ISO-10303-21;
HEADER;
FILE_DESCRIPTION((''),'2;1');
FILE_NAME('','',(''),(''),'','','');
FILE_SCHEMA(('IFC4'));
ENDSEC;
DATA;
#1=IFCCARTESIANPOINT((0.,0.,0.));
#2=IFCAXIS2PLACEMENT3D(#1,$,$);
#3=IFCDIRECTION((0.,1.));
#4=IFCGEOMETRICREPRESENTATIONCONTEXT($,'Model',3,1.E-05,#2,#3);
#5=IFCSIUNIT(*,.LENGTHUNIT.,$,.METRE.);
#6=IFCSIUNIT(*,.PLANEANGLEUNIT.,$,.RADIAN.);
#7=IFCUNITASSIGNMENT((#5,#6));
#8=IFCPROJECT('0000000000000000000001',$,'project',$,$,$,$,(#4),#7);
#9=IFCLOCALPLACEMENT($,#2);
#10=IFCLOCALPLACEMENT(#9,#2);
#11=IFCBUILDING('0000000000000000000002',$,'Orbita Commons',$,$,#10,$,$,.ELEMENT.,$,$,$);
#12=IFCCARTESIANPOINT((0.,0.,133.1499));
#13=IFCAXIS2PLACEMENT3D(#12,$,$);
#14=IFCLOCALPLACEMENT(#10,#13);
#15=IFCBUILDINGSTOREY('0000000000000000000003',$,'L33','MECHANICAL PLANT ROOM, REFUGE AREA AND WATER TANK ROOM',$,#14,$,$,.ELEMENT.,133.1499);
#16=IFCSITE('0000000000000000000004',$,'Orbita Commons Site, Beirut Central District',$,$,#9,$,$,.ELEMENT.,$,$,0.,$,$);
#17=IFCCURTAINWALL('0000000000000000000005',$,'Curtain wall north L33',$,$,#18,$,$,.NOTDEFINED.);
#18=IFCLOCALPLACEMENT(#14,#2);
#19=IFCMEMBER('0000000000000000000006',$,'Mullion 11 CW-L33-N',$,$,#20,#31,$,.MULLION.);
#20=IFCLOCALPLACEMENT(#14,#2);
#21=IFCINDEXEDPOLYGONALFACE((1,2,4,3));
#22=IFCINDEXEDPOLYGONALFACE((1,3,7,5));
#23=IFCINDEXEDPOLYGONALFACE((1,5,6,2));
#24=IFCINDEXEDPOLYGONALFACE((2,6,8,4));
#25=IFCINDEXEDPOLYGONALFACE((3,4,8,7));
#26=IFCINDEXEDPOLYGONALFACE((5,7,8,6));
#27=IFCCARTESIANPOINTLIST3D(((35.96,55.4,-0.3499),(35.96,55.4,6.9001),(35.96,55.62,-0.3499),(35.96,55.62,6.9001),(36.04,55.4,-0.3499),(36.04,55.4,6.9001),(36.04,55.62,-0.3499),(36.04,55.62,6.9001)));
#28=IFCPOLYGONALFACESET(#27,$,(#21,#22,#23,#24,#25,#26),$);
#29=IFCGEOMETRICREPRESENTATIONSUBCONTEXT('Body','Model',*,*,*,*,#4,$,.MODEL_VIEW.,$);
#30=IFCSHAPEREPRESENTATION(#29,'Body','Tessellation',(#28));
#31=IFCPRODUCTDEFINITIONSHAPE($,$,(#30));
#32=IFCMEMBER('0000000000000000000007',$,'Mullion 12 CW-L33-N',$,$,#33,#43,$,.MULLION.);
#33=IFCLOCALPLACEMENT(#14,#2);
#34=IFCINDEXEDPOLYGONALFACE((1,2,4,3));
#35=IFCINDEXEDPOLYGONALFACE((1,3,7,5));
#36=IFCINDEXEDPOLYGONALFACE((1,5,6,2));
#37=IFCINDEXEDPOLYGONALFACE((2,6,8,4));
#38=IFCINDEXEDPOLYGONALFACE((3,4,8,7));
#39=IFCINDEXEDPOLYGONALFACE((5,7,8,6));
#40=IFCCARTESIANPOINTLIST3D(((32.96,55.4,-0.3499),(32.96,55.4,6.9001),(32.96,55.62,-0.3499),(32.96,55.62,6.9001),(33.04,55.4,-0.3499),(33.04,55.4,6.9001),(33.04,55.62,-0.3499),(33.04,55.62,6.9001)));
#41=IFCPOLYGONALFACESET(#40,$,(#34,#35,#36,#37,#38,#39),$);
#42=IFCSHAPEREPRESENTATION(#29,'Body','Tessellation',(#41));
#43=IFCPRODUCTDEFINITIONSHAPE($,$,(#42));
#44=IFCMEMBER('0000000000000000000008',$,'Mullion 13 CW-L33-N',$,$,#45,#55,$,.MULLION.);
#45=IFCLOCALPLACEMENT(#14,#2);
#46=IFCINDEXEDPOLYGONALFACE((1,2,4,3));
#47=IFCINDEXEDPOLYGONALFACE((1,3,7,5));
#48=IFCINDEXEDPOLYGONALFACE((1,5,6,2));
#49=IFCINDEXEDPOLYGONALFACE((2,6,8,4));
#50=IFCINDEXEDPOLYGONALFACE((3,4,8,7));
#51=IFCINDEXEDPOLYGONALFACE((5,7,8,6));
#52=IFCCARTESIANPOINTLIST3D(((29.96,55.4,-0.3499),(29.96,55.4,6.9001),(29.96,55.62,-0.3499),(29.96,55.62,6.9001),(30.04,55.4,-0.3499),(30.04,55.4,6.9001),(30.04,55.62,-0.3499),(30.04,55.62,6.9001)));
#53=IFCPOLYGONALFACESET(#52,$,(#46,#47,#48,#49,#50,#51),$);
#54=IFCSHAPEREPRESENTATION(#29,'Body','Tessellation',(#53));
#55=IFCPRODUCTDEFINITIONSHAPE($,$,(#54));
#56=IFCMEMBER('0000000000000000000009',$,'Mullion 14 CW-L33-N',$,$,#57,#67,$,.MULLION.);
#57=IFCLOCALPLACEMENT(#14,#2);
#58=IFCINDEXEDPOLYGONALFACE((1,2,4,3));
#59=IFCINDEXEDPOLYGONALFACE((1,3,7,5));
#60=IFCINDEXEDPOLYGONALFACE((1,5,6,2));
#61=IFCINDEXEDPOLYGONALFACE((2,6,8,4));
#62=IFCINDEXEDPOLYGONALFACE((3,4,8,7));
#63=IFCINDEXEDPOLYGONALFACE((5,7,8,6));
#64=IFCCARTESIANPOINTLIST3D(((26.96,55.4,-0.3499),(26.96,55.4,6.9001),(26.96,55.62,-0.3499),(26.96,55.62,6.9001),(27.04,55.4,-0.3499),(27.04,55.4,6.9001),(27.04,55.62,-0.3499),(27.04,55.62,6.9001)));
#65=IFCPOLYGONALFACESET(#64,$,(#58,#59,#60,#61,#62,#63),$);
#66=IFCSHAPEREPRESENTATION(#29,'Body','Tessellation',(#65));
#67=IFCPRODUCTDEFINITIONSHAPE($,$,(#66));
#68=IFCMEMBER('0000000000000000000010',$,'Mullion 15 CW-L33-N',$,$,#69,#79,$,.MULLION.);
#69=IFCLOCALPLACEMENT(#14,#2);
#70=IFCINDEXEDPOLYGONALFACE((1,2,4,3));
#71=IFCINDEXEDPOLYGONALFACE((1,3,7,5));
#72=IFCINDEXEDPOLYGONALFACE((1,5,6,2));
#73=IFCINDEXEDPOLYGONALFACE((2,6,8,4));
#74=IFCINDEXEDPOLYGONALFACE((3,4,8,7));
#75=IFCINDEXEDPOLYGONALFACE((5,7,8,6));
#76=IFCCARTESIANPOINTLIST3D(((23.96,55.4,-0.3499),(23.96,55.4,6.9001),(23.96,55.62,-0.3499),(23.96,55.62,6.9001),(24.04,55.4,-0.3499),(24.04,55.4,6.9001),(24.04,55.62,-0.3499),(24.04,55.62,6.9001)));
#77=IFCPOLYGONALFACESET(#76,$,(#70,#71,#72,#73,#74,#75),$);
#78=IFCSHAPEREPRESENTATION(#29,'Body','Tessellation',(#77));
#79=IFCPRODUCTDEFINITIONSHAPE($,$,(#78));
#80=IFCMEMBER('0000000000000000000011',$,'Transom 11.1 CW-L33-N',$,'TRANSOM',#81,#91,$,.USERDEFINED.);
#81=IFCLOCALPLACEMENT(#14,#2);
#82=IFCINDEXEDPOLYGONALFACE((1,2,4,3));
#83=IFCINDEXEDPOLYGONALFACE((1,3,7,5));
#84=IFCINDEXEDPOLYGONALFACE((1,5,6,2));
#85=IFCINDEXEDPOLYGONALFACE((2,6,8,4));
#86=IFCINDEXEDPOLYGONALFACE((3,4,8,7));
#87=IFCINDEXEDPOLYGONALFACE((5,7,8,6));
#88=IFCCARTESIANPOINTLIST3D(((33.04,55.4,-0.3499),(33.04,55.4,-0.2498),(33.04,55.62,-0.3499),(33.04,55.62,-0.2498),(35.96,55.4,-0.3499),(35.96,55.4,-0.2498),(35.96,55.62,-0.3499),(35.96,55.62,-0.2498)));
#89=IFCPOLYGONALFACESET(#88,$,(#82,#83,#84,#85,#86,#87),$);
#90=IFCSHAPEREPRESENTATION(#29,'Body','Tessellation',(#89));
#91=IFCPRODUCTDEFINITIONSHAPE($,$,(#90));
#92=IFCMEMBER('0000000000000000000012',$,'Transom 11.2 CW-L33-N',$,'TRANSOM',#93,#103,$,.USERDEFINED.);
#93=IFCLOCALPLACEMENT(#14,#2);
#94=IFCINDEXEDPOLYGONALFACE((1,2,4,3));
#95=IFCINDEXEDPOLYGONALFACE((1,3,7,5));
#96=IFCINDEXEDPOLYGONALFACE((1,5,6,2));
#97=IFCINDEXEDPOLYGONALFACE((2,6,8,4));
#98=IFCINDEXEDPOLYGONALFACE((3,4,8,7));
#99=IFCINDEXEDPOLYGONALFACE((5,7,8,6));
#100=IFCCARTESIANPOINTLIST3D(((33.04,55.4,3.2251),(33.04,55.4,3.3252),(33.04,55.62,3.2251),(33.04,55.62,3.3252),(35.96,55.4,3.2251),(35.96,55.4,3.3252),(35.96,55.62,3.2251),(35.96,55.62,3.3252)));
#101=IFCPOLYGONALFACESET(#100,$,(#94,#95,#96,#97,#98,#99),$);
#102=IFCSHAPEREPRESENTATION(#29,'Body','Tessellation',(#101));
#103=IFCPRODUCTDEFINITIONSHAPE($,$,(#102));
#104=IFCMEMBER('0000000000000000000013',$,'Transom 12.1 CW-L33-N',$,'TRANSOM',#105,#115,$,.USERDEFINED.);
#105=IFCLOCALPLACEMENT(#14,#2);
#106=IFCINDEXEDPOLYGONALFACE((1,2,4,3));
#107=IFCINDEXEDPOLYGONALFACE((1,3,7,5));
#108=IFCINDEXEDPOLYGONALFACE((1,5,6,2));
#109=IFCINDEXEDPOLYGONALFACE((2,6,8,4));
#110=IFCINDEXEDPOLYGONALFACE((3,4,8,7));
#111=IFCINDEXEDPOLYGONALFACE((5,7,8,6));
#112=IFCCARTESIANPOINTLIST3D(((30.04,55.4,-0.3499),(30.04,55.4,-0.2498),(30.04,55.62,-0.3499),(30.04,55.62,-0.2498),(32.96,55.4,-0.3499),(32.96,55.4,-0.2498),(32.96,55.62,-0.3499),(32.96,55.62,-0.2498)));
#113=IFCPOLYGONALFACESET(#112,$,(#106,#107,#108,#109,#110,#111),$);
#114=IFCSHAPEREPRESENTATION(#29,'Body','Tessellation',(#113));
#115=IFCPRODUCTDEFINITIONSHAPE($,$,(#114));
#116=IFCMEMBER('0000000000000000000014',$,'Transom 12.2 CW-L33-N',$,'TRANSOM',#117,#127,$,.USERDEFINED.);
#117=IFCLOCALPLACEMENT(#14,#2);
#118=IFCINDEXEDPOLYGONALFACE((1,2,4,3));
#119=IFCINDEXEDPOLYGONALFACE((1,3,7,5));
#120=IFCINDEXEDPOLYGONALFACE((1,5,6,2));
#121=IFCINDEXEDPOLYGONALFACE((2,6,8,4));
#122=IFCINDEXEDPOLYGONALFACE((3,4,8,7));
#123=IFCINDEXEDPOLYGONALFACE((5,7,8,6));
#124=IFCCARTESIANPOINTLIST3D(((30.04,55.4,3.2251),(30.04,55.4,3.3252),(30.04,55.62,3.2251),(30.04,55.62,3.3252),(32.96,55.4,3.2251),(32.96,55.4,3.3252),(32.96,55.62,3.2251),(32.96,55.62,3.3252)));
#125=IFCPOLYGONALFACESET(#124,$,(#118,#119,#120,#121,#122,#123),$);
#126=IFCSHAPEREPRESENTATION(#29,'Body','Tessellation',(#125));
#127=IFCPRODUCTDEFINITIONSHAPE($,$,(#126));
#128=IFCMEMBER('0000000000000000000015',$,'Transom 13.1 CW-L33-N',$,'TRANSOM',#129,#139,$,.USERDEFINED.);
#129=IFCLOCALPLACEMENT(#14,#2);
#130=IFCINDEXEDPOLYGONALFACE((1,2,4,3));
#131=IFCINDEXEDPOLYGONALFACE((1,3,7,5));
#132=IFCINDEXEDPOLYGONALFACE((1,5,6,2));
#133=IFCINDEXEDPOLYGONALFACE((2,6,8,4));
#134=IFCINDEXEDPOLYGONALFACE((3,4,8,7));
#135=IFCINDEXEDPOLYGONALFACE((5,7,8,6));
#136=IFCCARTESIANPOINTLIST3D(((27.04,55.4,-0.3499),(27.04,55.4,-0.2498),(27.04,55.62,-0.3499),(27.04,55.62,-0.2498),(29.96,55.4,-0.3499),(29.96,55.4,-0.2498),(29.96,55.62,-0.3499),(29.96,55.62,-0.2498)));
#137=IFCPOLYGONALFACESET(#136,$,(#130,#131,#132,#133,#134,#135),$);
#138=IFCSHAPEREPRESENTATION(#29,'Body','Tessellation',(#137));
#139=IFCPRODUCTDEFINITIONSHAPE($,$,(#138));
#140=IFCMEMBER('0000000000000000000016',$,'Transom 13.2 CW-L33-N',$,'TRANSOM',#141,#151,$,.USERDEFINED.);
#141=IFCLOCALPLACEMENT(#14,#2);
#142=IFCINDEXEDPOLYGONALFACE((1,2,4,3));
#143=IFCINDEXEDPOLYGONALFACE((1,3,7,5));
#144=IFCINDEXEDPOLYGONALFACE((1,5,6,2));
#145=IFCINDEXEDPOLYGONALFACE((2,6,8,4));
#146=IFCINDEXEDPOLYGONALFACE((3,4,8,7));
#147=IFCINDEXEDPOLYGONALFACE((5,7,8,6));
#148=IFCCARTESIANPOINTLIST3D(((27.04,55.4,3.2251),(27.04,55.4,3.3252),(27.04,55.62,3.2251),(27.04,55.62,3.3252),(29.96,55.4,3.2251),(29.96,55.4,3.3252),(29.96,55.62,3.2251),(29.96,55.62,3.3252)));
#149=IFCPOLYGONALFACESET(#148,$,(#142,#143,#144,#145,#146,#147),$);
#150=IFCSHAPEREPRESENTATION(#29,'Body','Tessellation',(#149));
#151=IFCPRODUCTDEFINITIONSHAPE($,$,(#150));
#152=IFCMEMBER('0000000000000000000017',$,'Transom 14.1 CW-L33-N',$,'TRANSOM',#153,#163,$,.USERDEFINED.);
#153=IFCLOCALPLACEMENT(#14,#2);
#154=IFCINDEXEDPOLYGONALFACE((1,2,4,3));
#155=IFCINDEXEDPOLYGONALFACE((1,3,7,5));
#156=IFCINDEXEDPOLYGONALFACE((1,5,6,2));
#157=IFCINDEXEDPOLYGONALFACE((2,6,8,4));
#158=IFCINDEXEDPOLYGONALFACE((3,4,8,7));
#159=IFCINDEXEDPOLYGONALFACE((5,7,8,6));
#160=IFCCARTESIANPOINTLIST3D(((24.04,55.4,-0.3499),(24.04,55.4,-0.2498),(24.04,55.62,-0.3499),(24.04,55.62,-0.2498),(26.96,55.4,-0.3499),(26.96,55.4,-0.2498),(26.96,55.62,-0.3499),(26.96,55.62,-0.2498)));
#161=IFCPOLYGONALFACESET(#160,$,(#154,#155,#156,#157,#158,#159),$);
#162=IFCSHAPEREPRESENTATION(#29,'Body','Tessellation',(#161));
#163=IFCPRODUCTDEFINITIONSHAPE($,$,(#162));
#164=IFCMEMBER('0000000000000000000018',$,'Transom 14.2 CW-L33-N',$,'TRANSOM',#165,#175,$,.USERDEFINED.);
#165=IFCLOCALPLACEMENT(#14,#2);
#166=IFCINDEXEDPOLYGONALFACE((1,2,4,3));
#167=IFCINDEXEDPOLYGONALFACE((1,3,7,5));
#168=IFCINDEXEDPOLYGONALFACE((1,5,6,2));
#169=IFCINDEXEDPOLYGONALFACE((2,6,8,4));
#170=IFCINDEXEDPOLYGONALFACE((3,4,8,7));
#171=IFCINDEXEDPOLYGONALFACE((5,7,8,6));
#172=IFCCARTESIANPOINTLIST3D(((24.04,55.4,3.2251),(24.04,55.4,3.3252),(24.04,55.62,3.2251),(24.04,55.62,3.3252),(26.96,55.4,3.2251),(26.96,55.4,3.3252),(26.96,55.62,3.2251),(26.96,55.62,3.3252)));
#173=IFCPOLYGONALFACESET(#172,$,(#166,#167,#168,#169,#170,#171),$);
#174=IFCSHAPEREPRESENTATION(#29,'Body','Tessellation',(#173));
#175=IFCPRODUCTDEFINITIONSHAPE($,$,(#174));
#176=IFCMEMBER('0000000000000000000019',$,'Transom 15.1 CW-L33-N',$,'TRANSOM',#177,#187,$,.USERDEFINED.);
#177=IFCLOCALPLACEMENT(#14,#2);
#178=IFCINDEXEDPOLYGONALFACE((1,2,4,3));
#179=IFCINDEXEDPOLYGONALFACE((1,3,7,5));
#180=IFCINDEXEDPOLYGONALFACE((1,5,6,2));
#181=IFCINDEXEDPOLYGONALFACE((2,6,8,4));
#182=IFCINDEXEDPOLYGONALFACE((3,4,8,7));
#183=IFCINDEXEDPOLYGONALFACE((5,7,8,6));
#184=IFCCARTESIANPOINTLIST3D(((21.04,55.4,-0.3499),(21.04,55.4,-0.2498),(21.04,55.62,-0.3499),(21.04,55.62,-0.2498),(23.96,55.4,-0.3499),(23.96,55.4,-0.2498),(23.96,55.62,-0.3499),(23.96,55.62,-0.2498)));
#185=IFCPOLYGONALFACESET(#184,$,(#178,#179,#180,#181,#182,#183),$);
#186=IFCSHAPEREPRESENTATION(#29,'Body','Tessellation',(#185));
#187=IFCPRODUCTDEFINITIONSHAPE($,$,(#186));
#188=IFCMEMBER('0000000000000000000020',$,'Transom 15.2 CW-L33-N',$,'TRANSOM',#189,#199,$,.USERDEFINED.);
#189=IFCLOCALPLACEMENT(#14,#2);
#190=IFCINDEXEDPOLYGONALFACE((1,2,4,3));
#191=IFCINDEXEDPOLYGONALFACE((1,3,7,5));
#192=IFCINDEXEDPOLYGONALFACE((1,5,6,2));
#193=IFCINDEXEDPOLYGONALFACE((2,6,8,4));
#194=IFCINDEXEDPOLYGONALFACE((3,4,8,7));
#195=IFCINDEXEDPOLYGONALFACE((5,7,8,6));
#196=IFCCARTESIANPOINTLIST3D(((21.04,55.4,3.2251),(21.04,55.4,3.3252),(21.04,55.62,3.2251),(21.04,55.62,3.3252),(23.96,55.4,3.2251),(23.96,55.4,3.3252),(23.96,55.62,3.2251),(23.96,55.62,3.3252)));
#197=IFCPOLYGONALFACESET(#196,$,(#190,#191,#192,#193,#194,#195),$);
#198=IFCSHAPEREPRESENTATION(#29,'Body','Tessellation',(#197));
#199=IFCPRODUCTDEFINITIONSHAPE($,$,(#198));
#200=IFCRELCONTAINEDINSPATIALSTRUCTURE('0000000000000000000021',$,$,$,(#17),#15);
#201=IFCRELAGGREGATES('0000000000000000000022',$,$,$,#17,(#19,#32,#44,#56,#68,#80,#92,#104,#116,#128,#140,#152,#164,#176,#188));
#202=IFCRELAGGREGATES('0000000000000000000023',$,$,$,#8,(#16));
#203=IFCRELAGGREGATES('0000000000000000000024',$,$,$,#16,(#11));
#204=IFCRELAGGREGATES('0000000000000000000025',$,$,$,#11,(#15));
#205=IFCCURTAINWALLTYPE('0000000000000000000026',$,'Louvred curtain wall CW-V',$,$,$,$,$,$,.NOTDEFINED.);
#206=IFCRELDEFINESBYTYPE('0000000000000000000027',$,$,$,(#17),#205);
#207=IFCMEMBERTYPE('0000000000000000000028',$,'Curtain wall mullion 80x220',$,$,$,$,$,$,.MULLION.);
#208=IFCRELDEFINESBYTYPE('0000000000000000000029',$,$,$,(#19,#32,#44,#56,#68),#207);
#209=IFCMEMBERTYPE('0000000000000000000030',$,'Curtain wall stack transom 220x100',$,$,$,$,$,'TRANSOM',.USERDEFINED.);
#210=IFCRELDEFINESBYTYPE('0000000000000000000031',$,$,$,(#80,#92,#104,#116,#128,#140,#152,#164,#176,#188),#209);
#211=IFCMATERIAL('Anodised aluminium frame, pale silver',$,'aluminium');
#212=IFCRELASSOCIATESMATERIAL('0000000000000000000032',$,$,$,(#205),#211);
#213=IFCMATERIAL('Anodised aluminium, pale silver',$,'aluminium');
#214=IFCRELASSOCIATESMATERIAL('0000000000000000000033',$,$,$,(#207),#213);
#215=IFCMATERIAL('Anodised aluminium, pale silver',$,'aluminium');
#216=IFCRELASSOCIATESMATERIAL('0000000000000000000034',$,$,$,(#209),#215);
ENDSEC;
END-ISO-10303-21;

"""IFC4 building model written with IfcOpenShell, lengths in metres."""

from ifc_helpers import new_model, si_unit, direction, frame, origin, origin_2d, place, context, subcontext, project, spatial, rectangle, extrude, material, material_profile, profile_set, type_object, element, aggregate, save


model = new_model("IFC4")

# Units and contexts
model_context = context("Model", 3, precision=1e-05, world=origin(), true_north=direction((0.0, 1.0)))
body_context = subcontext(model_context, "Body", "Model", "MODEL_VIEW")
ifc_project = project(units=[si_unit("LENGTHUNIT", "METRE"), si_unit("PLANEANGLEUNIT", "RADIAN")], contexts=[model_context])

# Site, building, storey
site_placement = place(None, origin())
site = spatial("IfcSite", under=ifc_project, at=site_placement, Name="Orbita Commons Site, Beirut Central District", CompositionType="ELEMENT", RefElevation=0.0)
building_placement = place(site_placement, origin())
building = spatial("IfcBuilding", under=site, at=building_placement, Name="Orbita Commons", CompositionType="ELEMENT")
storey_placement = place(building_placement, frame((0.0, 0.0, 133.1499)))
storey = spatial("IfcBuildingStorey", under=building, at=storey_placement, Name="L33", Description="MECHANICAL PLANT ROOM, REFUGE AREA AND WATER TANK ROOM", CompositionType="ELEMENT", Elevation=133.1499)

# Curtain wall, members
ifc_material_1 = material(Name="Anodised aluminium frame, pale silver", Category="aluminium")
curtain_wall_type = type_object("IfcCurtainWallType", Name="Louvred curtain wall CW-V", PredefinedType="NOTDEFINED", material=ifc_material_1)
curtain_wall_placement = place(storey_placement, origin())
curtain_wall = element("IfcCurtainWall", 1, at=curtain_wall_placement, inside=storey, type_object=curtain_wall_type, Name="Curtain wall north L33", PredefinedType="NOTDEFINED")
ifc_material_2 = material(Name="Anodised aluminium, pale silver", Category="aluminium")
ifc_material_profile_1 = material_profile(ifc_material_2, rectangle(XDim=0.0801, YDim=0.22, at=origin_2d()), Name="AL 80x220")
ifc_profile_set_1 = profile_set([ifc_material_profile_1], Name="Anodised aluminium, pale silver")
member_type_1 = type_object("IfcMemberType", Name="Curtain wall mullion 80x220", PredefinedType="MULLION", material=ifc_profile_set_1)
member_1_placement = place(storey_placement, frame((36.0, 55.51, -0.3499), z_axis=(0.0, 0.0, 1.0), x_axis=(-1.0, 0.0, 0.0)))
member_1 = element("IfcMember", 2, at=member_1_placement, type_object=member_type_1, Name="Mullion 11 CW-L33-N", PredefinedType="MULLION", context=body_context, shape_type="SweptSolid", body=[
    extrude(rectangle(XDim=0.0801, YDim=0.22, at=origin_2d()), origin(), (0.0, 0.0, 1.0), 7.25),
])
member_2_placement = place(storey_placement, frame((33.0, 55.51, -0.3499), z_axis=(0.0, 0.0, 1.0), x_axis=(-1.0, 0.0, 0.0)))
member_2 = element("IfcMember", 3, at=member_2_placement, type_object=member_type_1, Name="Mullion 12 CW-L33-N", PredefinedType="MULLION", context=body_context, shape_type="SweptSolid", body=[
    extrude(rectangle(XDim=0.0801, YDim=0.22, at=origin_2d()), origin(), (0.0, 0.0, 1.0), 7.25),
])
member_3_placement = place(storey_placement, frame((30.0, 55.51, -0.3499), z_axis=(0.0, 0.0, 1.0), x_axis=(-1.0, 0.0, 0.0)))
member_3 = element("IfcMember", 4, at=member_3_placement, type_object=member_type_1, Name="Mullion 13 CW-L33-N", PredefinedType="MULLION", context=body_context, shape_type="SweptSolid", body=[
    extrude(rectangle(XDim=0.0801, YDim=0.22, at=origin_2d()), origin(), (0.0, 0.0, 1.0), 7.25),
])
member_4_placement = place(storey_placement, frame((27.0, 55.51, -0.3499), z_axis=(0.0, 0.0, 1.0), x_axis=(-1.0, 0.0, 0.0)))
member_4 = element("IfcMember", 5, at=member_4_placement, type_object=member_type_1, Name="Mullion 14 CW-L33-N", PredefinedType="MULLION", context=body_context, shape_type="SweptSolid", body=[
    extrude(rectangle(XDim=0.0801, YDim=0.22, at=origin_2d()), origin(), (0.0, 0.0, 1.0), 7.25),
])
member_5_placement = place(storey_placement, frame((24.0, 55.51, -0.3499), z_axis=(0.0, 0.0, 1.0), x_axis=(-1.0, 0.0, 0.0)))
member_5 = element("IfcMember", 6, at=member_5_placement, type_object=member_type_1, Name="Mullion 15 CW-L33-N", PredefinedType="MULLION", context=body_context, shape_type="SweptSolid", body=[
    extrude(rectangle(XDim=0.0801, YDim=0.22, at=origin_2d()), origin(), (0.0, 0.0, 1.0), 7.25),
])
ifc_material_3 = material(Name="Anodised aluminium, pale silver", Category="aluminium")
ifc_material_profile_2 = material_profile(ifc_material_3, rectangle(XDim=0.22, YDim=0.1001, at=origin_2d()), Name="AL 220x100")
ifc_profile_set_2 = profile_set([ifc_material_profile_2], Name="Anodised aluminium, pale silver")
member_type_2 = type_object("IfcMemberType", Name="Curtain wall stack transom 220x100", ElementType="TRANSOM", PredefinedType="USERDEFINED", material=ifc_profile_set_2)
member_6_placement = place(storey_placement, frame((35.96, 55.51, -0.2998), z_axis=(-1.0, 0.0, 0.0), x_axis=(0.0, -1.0, 0.0)))
member_6 = element("IfcMember", 7, at=member_6_placement, type_object=member_type_2, Name="Transom 11.1 CW-L33-N", ObjectType="TRANSOM", PredefinedType="USERDEFINED", context=body_context, shape_type="SweptSolid", body=[
    extrude(rectangle(XDim=0.22, YDim=0.1001, at=origin_2d()), origin(), (0.0, 0.0, 1.0), 2.9199),
])
member_7_placement = place(storey_placement, frame((35.96, 55.51, 3.2751), z_axis=(-1.0, 0.0, 0.0), x_axis=(0.0, -1.0, 0.0)))
member_7 = element("IfcMember", 8, at=member_7_placement, type_object=member_type_2, Name="Transom 11.2 CW-L33-N", ObjectType="TRANSOM", PredefinedType="USERDEFINED", context=body_context, shape_type="SweptSolid", body=[
    extrude(rectangle(XDim=0.22, YDim=0.1001, at=origin_2d()), origin(), (0.0, 0.0, 1.0), 2.9199),
])
member_8_placement = place(storey_placement, frame((32.96, 55.51, -0.2998), z_axis=(-1.0, 0.0, 0.0), x_axis=(0.0, -1.0, 0.0)))
member_8 = element("IfcMember", 9, at=member_8_placement, type_object=member_type_2, Name="Transom 12.1 CW-L33-N", ObjectType="TRANSOM", PredefinedType="USERDEFINED", context=body_context, shape_type="SweptSolid", body=[
    extrude(rectangle(XDim=0.22, YDim=0.1001, at=origin_2d()), origin(), (0.0, 0.0, 1.0), 2.9199),
])
member_9_placement = place(storey_placement, frame((32.96, 55.51, 3.2751), z_axis=(-1.0, 0.0, 0.0), x_axis=(0.0, -1.0, 0.0)))
member_9 = element("IfcMember", 10, at=member_9_placement, type_object=member_type_2, Name="Transom 12.2 CW-L33-N", ObjectType="TRANSOM", PredefinedType="USERDEFINED", context=body_context, shape_type="SweptSolid", body=[
    extrude(rectangle(XDim=0.22, YDim=0.1001, at=origin_2d()), origin(), (0.0, 0.0, 1.0), 2.9199),
])
member_10_placement = place(storey_placement, frame((29.96, 55.51, -0.2998), z_axis=(-1.0, 0.0, 0.0), x_axis=(0.0, -1.0, 0.0)))
member_10 = element("IfcMember", 11, at=member_10_placement, type_object=member_type_2, Name="Transom 13.1 CW-L33-N", ObjectType="TRANSOM", PredefinedType="USERDEFINED", context=body_context, shape_type="SweptSolid", body=[
    extrude(rectangle(XDim=0.22, YDim=0.1001, at=origin_2d()), origin(), (0.0, 0.0, 1.0), 2.9199),
])
member_11_placement = place(storey_placement, frame((29.96, 55.51, 3.2751), z_axis=(-1.0, 0.0, 0.0), x_axis=(0.0, -1.0, 0.0)))
member_11 = element("IfcMember", 12, at=member_11_placement, type_object=member_type_2, Name="Transom 13.2 CW-L33-N", ObjectType="TRANSOM", PredefinedType="USERDEFINED", context=body_context, shape_type="SweptSolid", body=[
    extrude(rectangle(XDim=0.22, YDim=0.1001, at=origin_2d()), origin(), (0.0, 0.0, 1.0), 2.9199),
])
member_12_placement = place(storey_placement, frame((26.96, 55.51, -0.2998), z_axis=(-1.0, 0.0, 0.0), x_axis=(0.0, -1.0, 0.0)))
member_12 = element("IfcMember", 13, at=member_12_placement, type_object=member_type_2, Name="Transom 14.1 CW-L33-N", ObjectType="TRANSOM", PredefinedType="USERDEFINED", context=body_context, shape_type="SweptSolid", body=[
    extrude(rectangle(XDim=0.22, YDim=0.1001, at=origin_2d()), origin(), (0.0, 0.0, 1.0), 2.9199),
])
member_13_placement = place(storey_placement, frame((26.96, 55.51, 3.2751), z_axis=(-1.0, 0.0, 0.0), x_axis=(0.0, -1.0, 0.0)))
member_13 = element("IfcMember", 14, at=member_13_placement, type_object=member_type_2, Name="Transom 14.2 CW-L33-N", ObjectType="TRANSOM", PredefinedType="USERDEFINED", context=body_context, shape_type="SweptSolid", body=[
    extrude(rectangle(XDim=0.22, YDim=0.1001, at=origin_2d()), origin(), (0.0, 0.0, 1.0), 2.9199),
])
member_14_placement = place(storey_placement, frame((23.96, 55.51, -0.2998), z_axis=(-1.0, 0.0, 0.0), x_axis=(0.0, -1.0, 0.0)))
member_14 = element("IfcMember", 15, at=member_14_placement, type_object=member_type_2, Name="Transom 15.1 CW-L33-N", ObjectType="TRANSOM", PredefinedType="USERDEFINED", context=body_context, shape_type="SweptSolid", body=[
    extrude(rectangle(XDim=0.22, YDim=0.1001, at=origin_2d()), origin(), (0.0, 0.0, 1.0), 2.9199),
])
member_15_placement = place(storey_placement, frame((23.96, 55.51, 3.2751), z_axis=(-1.0, 0.0, 0.0), x_axis=(0.0, -1.0, 0.0)))
member_15 = element("IfcMember", 16, at=member_15_placement, type_object=member_type_2, Name="Transom 15.2 CW-L33-N", ObjectType="TRANSOM", PredefinedType="USERDEFINED", context=body_context, shape_type="SweptSolid", body=[
    extrude(rectangle(XDim=0.22, YDim=0.1001, at=origin_2d()), origin(), (0.0, 0.0, 1.0), 2.9199),
])
aggregate(curtain_wall, [member_1, member_2, member_3, member_4, member_5, member_6, member_7, member_8, member_9, member_10, member_11, member_12, member_13, member_14, member_15])

save(model, "model.ifc")
